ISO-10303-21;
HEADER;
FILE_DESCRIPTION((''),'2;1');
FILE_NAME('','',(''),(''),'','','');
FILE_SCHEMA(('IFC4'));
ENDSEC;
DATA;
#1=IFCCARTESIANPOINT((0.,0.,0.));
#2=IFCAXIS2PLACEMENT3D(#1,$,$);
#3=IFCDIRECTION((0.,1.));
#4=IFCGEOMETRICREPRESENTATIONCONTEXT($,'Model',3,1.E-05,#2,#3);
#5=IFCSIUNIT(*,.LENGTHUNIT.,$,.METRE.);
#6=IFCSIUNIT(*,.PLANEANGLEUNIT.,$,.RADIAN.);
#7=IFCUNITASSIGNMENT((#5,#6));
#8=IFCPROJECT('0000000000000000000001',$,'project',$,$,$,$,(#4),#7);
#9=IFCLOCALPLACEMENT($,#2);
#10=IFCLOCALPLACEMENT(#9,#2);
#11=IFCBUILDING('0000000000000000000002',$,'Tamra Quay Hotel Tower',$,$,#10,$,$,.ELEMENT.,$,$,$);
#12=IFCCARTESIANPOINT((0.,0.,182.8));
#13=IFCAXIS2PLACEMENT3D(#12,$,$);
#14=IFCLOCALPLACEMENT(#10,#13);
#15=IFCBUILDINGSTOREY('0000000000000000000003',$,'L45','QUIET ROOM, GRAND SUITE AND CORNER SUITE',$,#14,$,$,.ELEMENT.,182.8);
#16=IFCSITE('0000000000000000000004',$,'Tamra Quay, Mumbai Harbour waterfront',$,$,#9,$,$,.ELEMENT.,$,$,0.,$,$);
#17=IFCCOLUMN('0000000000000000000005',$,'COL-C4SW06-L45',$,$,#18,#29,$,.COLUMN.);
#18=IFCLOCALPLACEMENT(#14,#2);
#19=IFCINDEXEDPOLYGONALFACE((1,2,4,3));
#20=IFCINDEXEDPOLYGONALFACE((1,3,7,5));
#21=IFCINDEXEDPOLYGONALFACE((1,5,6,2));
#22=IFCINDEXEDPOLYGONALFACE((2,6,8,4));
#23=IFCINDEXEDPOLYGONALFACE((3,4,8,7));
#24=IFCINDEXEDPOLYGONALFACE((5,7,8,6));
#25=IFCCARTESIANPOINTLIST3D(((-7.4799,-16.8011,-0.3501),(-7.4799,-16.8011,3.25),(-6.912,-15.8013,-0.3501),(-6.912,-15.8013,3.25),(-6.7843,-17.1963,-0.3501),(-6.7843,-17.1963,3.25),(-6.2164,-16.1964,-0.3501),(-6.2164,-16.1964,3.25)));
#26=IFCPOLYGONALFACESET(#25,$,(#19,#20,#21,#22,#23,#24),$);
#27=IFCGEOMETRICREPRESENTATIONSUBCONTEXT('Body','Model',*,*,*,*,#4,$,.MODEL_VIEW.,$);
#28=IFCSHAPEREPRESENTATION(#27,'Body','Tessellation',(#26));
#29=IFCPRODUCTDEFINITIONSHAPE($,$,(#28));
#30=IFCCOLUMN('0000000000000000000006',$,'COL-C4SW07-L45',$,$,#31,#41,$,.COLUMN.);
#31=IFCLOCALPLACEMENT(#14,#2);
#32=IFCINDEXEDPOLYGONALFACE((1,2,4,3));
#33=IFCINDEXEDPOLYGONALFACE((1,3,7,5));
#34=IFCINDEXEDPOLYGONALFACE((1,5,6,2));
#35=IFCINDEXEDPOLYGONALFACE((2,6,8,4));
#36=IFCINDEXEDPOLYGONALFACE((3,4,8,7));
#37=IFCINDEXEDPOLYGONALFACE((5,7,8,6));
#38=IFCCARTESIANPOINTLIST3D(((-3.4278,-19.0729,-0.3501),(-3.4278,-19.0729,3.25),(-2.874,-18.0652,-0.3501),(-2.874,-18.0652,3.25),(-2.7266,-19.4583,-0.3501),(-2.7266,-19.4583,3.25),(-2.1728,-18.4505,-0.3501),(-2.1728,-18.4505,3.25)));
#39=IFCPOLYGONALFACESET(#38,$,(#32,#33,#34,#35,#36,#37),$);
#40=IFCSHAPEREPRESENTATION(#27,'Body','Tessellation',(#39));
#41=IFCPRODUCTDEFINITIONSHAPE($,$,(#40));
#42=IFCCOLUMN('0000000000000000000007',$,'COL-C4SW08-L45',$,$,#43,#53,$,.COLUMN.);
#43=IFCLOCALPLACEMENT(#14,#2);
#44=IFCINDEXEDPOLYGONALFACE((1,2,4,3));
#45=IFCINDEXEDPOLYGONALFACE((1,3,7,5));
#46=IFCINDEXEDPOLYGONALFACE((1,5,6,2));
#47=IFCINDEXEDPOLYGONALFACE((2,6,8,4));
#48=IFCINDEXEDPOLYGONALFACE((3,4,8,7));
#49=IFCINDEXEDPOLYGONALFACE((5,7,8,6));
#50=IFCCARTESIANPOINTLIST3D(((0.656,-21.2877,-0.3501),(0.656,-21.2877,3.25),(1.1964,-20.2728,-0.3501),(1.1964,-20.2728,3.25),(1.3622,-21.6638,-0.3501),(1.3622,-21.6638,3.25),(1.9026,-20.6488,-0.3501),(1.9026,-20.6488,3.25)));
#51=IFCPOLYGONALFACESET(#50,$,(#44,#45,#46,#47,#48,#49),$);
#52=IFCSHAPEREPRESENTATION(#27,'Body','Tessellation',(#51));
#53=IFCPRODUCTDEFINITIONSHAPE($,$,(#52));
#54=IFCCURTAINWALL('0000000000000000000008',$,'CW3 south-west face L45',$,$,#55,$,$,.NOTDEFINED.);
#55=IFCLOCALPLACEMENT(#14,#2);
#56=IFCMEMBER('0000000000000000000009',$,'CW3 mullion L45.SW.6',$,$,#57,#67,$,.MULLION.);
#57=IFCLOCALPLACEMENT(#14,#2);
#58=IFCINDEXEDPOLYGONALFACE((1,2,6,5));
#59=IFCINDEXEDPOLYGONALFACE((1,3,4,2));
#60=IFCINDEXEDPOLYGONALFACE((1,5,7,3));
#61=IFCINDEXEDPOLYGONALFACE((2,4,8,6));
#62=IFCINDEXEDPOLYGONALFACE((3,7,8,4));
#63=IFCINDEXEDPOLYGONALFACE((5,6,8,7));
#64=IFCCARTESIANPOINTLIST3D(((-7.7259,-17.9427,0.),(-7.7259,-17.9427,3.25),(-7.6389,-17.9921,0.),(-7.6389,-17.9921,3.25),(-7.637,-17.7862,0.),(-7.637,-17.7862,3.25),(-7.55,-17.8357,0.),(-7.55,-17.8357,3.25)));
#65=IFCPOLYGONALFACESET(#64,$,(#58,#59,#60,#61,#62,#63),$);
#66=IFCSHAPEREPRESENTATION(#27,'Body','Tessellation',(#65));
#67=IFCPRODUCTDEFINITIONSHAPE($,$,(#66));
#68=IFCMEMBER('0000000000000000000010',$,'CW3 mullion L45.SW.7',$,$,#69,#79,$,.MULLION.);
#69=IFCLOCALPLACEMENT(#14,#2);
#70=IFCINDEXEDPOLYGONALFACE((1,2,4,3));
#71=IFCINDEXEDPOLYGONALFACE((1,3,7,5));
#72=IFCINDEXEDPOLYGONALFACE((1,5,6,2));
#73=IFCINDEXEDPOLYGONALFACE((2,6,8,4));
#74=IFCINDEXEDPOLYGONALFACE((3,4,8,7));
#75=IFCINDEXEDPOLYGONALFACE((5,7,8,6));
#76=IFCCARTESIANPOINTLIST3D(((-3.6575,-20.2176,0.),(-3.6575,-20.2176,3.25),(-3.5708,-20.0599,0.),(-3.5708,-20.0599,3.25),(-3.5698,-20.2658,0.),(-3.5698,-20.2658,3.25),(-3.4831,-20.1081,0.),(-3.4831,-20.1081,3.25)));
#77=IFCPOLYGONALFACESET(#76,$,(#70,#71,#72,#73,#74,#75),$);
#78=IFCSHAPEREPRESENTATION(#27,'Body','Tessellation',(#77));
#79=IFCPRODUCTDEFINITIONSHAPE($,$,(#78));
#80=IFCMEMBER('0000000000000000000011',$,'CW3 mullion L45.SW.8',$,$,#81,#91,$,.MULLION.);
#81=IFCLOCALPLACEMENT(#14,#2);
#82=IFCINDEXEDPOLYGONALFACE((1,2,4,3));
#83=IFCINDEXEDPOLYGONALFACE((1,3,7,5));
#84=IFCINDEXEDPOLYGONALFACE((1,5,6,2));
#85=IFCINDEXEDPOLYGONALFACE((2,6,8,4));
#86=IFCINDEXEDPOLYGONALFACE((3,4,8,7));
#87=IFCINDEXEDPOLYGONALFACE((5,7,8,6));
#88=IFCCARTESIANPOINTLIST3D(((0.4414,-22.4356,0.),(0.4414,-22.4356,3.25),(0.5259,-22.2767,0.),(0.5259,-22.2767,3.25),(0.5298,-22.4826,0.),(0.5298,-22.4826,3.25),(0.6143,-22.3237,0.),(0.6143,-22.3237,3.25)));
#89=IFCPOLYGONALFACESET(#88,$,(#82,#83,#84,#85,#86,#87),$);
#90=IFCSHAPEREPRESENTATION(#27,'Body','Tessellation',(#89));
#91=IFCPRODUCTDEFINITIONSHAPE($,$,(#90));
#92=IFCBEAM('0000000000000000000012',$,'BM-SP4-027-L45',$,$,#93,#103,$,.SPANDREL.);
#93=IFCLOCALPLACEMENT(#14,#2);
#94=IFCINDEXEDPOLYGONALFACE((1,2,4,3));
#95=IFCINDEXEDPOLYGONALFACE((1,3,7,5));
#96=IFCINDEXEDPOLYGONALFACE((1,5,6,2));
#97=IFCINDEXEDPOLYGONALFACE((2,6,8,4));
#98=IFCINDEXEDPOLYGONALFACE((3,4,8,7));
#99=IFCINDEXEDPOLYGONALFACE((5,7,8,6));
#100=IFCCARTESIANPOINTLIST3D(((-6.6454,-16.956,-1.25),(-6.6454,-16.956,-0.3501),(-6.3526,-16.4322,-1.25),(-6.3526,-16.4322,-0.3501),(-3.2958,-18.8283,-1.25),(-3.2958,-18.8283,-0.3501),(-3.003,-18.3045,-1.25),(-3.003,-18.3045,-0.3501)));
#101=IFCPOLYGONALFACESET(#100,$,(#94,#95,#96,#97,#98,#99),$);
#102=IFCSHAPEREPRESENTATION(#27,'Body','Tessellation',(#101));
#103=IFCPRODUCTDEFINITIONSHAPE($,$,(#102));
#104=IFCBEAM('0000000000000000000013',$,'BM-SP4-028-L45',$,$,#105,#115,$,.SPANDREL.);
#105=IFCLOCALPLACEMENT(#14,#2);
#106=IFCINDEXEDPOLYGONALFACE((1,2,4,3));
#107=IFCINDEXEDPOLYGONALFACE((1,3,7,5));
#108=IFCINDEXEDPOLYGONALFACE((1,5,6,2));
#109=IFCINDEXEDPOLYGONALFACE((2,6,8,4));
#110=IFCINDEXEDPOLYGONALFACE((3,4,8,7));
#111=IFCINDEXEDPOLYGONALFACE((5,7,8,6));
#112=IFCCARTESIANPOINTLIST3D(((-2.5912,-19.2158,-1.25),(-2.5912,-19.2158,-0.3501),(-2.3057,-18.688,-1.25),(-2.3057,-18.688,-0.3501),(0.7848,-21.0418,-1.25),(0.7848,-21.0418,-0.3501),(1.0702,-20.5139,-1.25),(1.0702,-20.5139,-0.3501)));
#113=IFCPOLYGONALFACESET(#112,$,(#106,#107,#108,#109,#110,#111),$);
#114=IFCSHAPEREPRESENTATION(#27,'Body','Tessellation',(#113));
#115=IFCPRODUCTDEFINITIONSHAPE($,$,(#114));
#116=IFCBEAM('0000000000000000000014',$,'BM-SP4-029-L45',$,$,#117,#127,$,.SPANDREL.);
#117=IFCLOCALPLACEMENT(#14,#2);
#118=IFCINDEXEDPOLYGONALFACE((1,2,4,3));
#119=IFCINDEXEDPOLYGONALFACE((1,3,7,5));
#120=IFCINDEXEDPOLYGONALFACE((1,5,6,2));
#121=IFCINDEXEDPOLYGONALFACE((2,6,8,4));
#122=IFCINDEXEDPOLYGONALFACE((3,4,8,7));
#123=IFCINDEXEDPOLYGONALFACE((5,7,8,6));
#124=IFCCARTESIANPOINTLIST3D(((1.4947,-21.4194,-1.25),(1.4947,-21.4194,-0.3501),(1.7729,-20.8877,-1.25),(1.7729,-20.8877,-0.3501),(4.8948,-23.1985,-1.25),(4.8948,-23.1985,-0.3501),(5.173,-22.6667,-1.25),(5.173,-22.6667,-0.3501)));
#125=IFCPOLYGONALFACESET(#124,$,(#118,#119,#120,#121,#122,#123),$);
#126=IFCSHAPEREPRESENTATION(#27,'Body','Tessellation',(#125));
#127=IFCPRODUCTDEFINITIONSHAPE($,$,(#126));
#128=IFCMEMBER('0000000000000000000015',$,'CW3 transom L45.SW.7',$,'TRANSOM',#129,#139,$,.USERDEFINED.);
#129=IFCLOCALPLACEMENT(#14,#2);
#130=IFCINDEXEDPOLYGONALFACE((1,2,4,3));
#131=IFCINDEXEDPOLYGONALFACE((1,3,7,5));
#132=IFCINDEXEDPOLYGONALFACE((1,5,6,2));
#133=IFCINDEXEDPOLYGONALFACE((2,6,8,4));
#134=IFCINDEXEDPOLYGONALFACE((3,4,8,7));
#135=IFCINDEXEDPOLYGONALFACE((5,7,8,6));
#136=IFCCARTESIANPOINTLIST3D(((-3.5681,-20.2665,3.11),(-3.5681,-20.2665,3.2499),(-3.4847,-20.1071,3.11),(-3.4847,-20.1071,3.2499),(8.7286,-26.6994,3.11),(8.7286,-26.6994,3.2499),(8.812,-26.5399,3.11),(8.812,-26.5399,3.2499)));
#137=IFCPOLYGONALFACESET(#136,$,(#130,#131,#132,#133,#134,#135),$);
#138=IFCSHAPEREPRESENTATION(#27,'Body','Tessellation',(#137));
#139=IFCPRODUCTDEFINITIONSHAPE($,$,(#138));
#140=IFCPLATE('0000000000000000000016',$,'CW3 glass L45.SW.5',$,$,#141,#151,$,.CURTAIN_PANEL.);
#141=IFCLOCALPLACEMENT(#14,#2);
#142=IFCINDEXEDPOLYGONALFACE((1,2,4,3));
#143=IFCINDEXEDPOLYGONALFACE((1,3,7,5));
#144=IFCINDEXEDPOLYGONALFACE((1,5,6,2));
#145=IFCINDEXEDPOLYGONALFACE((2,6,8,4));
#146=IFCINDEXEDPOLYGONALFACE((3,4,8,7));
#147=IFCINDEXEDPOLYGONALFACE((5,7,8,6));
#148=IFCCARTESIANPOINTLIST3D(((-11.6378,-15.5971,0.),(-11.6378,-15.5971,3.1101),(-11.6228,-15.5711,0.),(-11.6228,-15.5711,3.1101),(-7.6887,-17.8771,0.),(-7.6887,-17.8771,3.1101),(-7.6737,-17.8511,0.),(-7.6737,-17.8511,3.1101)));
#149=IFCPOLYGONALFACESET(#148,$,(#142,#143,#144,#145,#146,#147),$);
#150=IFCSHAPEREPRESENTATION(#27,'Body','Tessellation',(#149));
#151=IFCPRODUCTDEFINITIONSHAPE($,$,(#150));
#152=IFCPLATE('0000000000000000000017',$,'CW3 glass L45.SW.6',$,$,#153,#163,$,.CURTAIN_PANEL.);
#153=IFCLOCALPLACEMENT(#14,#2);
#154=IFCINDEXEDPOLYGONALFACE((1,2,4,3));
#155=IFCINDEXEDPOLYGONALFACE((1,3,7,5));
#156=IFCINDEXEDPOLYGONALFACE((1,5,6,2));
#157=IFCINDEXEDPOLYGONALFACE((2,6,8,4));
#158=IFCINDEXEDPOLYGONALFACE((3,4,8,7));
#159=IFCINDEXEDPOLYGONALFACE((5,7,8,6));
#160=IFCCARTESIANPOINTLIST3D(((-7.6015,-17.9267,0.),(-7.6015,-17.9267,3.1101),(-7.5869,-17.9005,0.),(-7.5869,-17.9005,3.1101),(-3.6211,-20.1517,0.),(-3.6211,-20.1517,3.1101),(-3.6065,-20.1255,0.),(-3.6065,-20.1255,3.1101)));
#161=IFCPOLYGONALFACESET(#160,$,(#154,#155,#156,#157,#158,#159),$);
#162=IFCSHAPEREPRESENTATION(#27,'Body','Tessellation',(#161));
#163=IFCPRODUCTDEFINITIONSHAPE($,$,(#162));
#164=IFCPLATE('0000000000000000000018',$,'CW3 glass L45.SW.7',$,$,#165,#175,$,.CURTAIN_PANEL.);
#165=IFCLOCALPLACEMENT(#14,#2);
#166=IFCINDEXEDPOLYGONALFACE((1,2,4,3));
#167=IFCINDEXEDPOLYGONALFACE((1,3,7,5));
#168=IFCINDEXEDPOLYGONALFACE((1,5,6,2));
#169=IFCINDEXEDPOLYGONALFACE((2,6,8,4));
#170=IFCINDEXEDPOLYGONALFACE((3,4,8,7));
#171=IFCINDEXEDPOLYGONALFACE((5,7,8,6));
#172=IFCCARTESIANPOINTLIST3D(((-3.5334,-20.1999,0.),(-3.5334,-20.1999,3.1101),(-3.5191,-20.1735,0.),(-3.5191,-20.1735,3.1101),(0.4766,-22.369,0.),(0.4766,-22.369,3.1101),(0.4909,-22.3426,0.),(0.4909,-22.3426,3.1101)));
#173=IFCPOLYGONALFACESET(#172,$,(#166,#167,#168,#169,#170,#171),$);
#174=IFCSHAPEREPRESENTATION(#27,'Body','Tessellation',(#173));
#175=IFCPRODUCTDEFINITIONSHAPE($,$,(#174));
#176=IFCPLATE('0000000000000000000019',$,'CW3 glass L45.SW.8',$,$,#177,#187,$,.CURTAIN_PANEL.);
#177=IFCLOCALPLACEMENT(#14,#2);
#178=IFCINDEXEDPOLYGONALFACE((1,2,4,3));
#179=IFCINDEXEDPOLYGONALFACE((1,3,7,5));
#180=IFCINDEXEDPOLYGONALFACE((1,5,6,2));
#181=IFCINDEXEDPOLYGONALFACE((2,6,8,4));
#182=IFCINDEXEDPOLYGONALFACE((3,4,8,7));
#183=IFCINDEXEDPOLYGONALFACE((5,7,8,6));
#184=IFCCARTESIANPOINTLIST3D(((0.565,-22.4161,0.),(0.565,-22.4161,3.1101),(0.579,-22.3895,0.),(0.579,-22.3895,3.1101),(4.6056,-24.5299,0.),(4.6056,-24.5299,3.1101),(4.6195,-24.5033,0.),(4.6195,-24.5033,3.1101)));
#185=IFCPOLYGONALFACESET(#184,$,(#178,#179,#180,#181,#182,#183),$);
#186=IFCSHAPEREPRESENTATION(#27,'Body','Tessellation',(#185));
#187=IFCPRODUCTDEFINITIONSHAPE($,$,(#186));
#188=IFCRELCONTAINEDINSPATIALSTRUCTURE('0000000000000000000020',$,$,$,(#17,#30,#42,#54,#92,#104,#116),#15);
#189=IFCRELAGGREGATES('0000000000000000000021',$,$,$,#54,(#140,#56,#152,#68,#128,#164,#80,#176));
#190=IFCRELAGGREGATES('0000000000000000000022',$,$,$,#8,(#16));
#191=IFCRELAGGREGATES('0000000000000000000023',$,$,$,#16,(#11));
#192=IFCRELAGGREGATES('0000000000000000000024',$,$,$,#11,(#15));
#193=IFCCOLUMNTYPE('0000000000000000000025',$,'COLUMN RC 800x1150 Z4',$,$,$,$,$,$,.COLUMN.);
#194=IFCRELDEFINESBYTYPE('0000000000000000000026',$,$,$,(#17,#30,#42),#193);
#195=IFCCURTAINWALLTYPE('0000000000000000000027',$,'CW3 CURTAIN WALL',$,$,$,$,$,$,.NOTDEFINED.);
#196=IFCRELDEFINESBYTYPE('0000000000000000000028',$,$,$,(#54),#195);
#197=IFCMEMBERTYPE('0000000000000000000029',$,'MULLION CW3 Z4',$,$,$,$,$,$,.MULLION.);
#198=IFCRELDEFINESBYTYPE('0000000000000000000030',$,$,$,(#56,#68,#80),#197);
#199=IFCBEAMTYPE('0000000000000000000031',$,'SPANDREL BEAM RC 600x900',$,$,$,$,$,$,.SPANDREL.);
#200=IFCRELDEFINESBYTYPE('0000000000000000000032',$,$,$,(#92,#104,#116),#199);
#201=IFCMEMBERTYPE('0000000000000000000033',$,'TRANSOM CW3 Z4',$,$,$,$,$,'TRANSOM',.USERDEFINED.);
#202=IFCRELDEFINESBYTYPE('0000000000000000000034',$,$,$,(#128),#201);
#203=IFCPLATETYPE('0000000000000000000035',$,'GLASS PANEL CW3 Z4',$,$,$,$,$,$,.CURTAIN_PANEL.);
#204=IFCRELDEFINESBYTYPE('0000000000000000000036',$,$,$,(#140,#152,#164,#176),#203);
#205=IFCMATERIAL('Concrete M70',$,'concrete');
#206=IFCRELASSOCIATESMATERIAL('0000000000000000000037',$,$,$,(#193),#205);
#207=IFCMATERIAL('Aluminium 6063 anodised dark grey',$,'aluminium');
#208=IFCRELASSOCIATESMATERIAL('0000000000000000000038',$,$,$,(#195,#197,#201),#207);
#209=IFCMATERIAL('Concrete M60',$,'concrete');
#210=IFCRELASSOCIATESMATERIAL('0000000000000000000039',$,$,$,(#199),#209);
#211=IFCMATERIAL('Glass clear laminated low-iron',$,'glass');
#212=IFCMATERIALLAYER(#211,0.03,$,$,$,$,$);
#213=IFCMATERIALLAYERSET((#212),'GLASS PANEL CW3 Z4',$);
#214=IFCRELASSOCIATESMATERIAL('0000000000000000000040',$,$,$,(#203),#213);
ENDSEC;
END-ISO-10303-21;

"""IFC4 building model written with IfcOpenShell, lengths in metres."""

from ifc_helpers import new_model, si_unit, direction, frame, origin, origin_2d, place, context, subcontext, project, spatial, rectangle, extrude, material, layer, layer_set, material_profile, profile_set, type_object, element, aggregate, save


model = new_model("IFC4")

# Units and contexts
model_context = context("Model", 3, precision=1e-05, world=origin(), true_north=direction((0.0, 1.0)))
body_context = subcontext(model_context, "Body", "Model", "MODEL_VIEW")
ifc_project = project(units=[si_unit("LENGTHUNIT", "METRE"), si_unit("PLANEANGLEUNIT", "RADIAN")], contexts=[model_context])

# Site, building, storey
site_placement = place(None, origin())
site = spatial("IfcSite", under=ifc_project, at=site_placement, Name="Tamra Quay, Mumbai Harbour waterfront", CompositionType="ELEMENT", RefElevation=0.0)
building_placement = place(site_placement, origin())
building = spatial("IfcBuilding", under=site, at=building_placement, Name="Tamra Quay Hotel Tower", CompositionType="ELEMENT")
storey_placement = place(building_placement, frame((0.0, 0.0, 182.8)))
storey = spatial("IfcBuildingStorey", under=building, at=storey_placement, Name="L45", Description="QUIET ROOM, GRAND SUITE AND CORNER SUITE", CompositionType="ELEMENT", Elevation=182.8)

# Columns
ifc_material_1 = material(Name="Concrete M70", Category="concrete")
ifc_material_profile_1 = material_profile(ifc_material_1, rectangle(XDim=1.1499, YDim=0.8, at=origin_2d()), Name="COLUMN RC 800x1150 Z4")
ifc_profile_set_1 = profile_set([ifc_material_profile_1], Name="Concrete M70")
column_type = type_object("IfcColumnType", Name="COLUMN RC 800x1150 Z4", PredefinedType="COLUMN", material=ifc_profile_set_1)
for number, where, z_axis, x_axis, name in (
    (1, (-6.8481, -16.4988, -0.3501), (0.0, 0.0, 1.0), (0.49389, 0.869524, 0.0), "COL-C4SW06-L45"),
    (2, (-2.8003, -18.7617, -0.3501), (0.0, 0.0, 1.0), (0.481602, 0.87639, 0.0), "COL-C4SW07-L45"),
    (3, (1.2793, -20.9683, -0.3501), (0.0, 0.0, 1.0), (0.470002, 0.882666, 0.0), "COL-C4SW08-L45"),
):
    element("IfcColumn", number, at=place(storey_placement, frame(where, z_axis=z_axis, x_axis=x_axis)), inside=storey, type_object=column_type, Name=name, PredefinedType="COLUMN", context=body_context, shape_type="SweptSolid", body=[
        extrude(rectangle(XDim=1.1499, YDim=0.8, at=origin_2d()), origin(), (0.0, 0.0, 1.0), 3.6001),
    ])

# Curtain wall, members
ifc_material_2 = material(Name="Aluminium 6063 anodised dark grey", Category="aluminium")
curtain_wall_type = type_object("IfcCurtainWallType", Name="CW3 CURTAIN WALL", PredefinedType="NOTDEFINED", material=ifc_material_2)
curtain_wall_placement = place(storey_placement, origin())
curtain_wall = element("IfcCurtainWall", 4, at=curtain_wall_placement, inside=storey, type_object=curtain_wall_type, Name="CW3 south-west face L45", PredefinedType="NOTDEFINED")
ifc_material_profile_2 = material_profile(ifc_material_2, rectangle(XDim=0.1799, YDim=0.1001, at=origin_2d()), Name="MULLION 100X180")
ifc_profile_set_2 = profile_set([ifc_material_profile_2], Name="Aluminium 6063 anodised dark grey")
member_type_1 = type_object("IfcMemberType", Name="MULLION CW3 Z4", PredefinedType="MULLION", material=ifc_profile_set_2)
member_1_placement = place(storey_placement, frame((-7.6379, -17.8892, 0.0), z_axis=(0.0, 0.0, 1.0), x_axis=(-0.493975, -0.869476, 0.0)))
member_1 = element("IfcMember", 5, at=member_1_placement, type_object=member_type_1, Name="CW3 mullion L45.SW.6", PredefinedType="MULLION", context=body_context, shape_type="SweptSolid", body=[
    extrude(rectangle(XDim=0.1799, YDim=0.1001, at=origin_2d()), origin(), (0.0, 0.0, 1.0), 3.25),
])
member_2_placement = place(storey_placement, frame((-3.5703, -20.1628, 0.0), z_axis=(0.0, 0.0, 1.0), x_axis=(-0.481861, -0.876248, 0.0)))
member_2 = element("IfcMember", 6, at=member_2_placement, type_object=member_type_1, Name="CW3 mullion L45.SW.7", PredefinedType="MULLION", context=body_context, shape_type="SweptSolid", body=[
    extrude(rectangle(XDim=0.1799, YDim=0.1001, at=origin_2d()), origin(), (0.0, 0.0, 1.0), 3.25),
])
member_3_placement = place(storey_placement, frame((0.5278, -22.3796, 0.0), z_axis=(0.0, 0.0, 1.0), x_axis=(-0.469668, -0.882843, 0.0)))
member_3 = element("IfcMember", 7, at=member_3_placement, type_object=member_type_1, Name="CW3 mullion L45.SW.8", PredefinedType="MULLION", context=body_context, shape_type="SweptSolid", body=[
    extrude(rectangle(XDim=0.1799, YDim=0.1001, at=origin_2d()), origin(), (0.0, 0.0, 1.0), 3.25),
])

# Beams
ifc_material_3 = material(Name="Concrete M60", Category="concrete")
ifc_material_profile_3 = material_profile(ifc_material_3, rectangle(XDim=0.6001, YDim=0.8999, at=origin_2d()), Name="SPANDREL BEAM RC 600x900")
ifc_profile_set_3 = profile_set([ifc_material_profile_3], Name="Concrete M60")
beam_type = type_object("IfcBeamType", Name="SPANDREL BEAM RC 600x900", PredefinedType="SPANDREL", material=ifc_profile_set_3)
beam_1_placement = place(storey_placement, frame((-6.499, -16.6941, -0.8), z_axis=(0.872891, -0.487915, 0.0), x_axis=(0.487915, 0.872891, 0.0)))
element("IfcBeam", 8, at=beam_1_placement, inside=storey, type_object=beam_type, Name="BM-SP4-027-L45", PredefinedType="SPANDREL", context=body_context, shape_type="SweptSolid", body=[
    extrude(rectangle(XDim=0.6001, YDim=0.8999, at=origin_2d()), origin(), (0.0, 0.0, 1.0), 3.8374),
])
beam_2_placement = place(storey_placement, frame((-2.4485, -18.9519, -0.8), z_axis=(0.879589, -0.475734, 0.0), x_axis=(0.475734, 0.879589, 0.0)))
element("IfcBeam", 9, at=beam_2_placement, inside=storey, type_object=beam_type, Name="BM-SP4-028-L45", PredefinedType="SPANDREL", context=body_context, shape_type="SweptSolid", body=[
    extrude(rectangle(XDim=0.6001, YDim=0.8999, at=origin_2d()), origin(), (0.0, 0.0, 1.0), 3.8381),
])
beam_3_placement = place(storey_placement, frame((1.6338, -21.1536, -0.8), z_axis=(0.886043, -0.463603, 0.0), x_axis=(0.463603, 0.886043, 0.0)))
element("IfcBeam", 10, at=beam_3_placement, inside=storey, type_object=beam_type, Name="BM-SP4-029-L45", PredefinedType="SPANDREL", context=body_context, shape_type="SweptSolid", body=[
    extrude(rectangle(XDim=0.6001, YDim=0.8999, at=origin_2d()), origin(), (0.0, 0.0, 1.0), 3.8374),
])

# Member
ifc_material_profile_4 = material_profile(ifc_material_2, rectangle(XDim=0.1799, YDim=0.1399, at=origin_2d()), Name="TRANSOM 180X140")
ifc_profile_set_4 = profile_set([ifc_material_profile_4], Name="Aluminium 6063 anodised dark grey")
member_type_2 = type_object("IfcMemberType", Name="TRANSOM CW3 Z4", ElementType="TRANSOM", PredefinedType="USERDEFINED", material=ifc_profile_set_4)
member_4_placement = place(storey_placement, frame((-3.5264, -20.1868, 3.1799), z_axis=(0.886075, -0.463542, 0.0), x_axis=(0.463542, 0.886075, 0.0)))
member_4 = element("IfcMember", 11, at=member_4_placement, type_object=member_type_2, Name="CW3 transom L45.SW.7", ObjectType="TRANSOM", PredefinedType="USERDEFINED", context=body_context, shape_type="SweptSolid", body=[
    extrude(rectangle(XDim=0.1799, YDim=0.1399, at=origin_2d()), origin(), (0.0, 0.0, 1.0), 13.8777),
])

# Plates
ifc_material_4 = material(Name="Glass clear laminated low-iron", Category="glass")
ifc_layer_1 = layer(ifc_material_4, 0.03)
ifc_layer_set_1 = layer_set([ifc_layer_1], Name="GLASS PANEL CW3 Z4")
plate_type = type_object("IfcPlateType", Name="GLASS PANEL CW3 Z4", PredefinedType="CURTAIN_PANEL", material=ifc_layer_set_1)
plate_1_placement = place(storey_placement, frame((-9.6558, -16.7241, 0.0), z_axis=(0.0, 0.0, 1.0), x_axis=(0.866025, -0.5, 0.0)))
plate_1 = element("IfcPlate", 12, at=plate_1_placement, type_object=plate_type, Name="CW3 glass L45.SW.5", PredefinedType="CURTAIN_PANEL", context=body_context, shape_type="SweptSolid", body=[
    extrude(rectangle(XDim=4.5601, YDim=0.03, at=origin_2d()), origin(), (0.0, 0.0, 1.0), 3.1101),
])
plate_2_placement = place(storey_placement, frame((-5.604, -19.0261, 0.0), z_axis=(0.0, 0.0, 1.0), x_axis=(0.872885, -0.487926, 0.0)))
plate_2 = element("IfcPlate", 13, at=plate_2_placement, type_object=plate_type, Name="CW3 glass L45.SW.6", PredefinedType="CURTAIN_PANEL", context=body_context, shape_type="SweptSolid", body=[
    extrude(rectangle(XDim=4.5601, YDim=0.03, at=origin_2d()), origin(), (0.0, 0.0, 1.0), 3.1101),
])
plate_3_placement = place(storey_placement, frame((-1.5212, -21.2712, 0.0), z_axis=(0.0, 0.0, 1.0), x_axis=(0.879569, -0.475772, 0.0)))
plate_3 = element("IfcPlate", 14, at=plate_3_placement, type_object=plate_type, Name="CW3 glass L45.SW.7", PredefinedType="CURTAIN_PANEL", context=body_context, shape_type="SweptSolid", body=[
    extrude(rectangle(XDim=4.5591, YDim=0.03, at=origin_2d()), origin(), (0.0, 0.0, 1.0), 3.1101),
])
plate_4_placement = place(storey_placement, frame((2.5923, -23.4597, 0.0), z_axis=(0.0, 0.0, 1.0), x_axis=(0.886076, -0.463541, 0.0)))
plate_4 = element("IfcPlate", 15, at=plate_4_placement, type_object=plate_type, Name="CW3 glass L45.SW.8", PredefinedType="CURTAIN_PANEL", context=body_context, shape_type="SweptSolid", body=[
    extrude(rectangle(XDim=4.5601, YDim=0.03, at=origin_2d()), origin(), (0.0, 0.0, 1.0), 3.1101),
])
aggregate(curtain_wall, [plate_1, member_1, plate_2, member_2, member_4, plate_3, member_3, plate_4])

save(model, "model.ifc")
